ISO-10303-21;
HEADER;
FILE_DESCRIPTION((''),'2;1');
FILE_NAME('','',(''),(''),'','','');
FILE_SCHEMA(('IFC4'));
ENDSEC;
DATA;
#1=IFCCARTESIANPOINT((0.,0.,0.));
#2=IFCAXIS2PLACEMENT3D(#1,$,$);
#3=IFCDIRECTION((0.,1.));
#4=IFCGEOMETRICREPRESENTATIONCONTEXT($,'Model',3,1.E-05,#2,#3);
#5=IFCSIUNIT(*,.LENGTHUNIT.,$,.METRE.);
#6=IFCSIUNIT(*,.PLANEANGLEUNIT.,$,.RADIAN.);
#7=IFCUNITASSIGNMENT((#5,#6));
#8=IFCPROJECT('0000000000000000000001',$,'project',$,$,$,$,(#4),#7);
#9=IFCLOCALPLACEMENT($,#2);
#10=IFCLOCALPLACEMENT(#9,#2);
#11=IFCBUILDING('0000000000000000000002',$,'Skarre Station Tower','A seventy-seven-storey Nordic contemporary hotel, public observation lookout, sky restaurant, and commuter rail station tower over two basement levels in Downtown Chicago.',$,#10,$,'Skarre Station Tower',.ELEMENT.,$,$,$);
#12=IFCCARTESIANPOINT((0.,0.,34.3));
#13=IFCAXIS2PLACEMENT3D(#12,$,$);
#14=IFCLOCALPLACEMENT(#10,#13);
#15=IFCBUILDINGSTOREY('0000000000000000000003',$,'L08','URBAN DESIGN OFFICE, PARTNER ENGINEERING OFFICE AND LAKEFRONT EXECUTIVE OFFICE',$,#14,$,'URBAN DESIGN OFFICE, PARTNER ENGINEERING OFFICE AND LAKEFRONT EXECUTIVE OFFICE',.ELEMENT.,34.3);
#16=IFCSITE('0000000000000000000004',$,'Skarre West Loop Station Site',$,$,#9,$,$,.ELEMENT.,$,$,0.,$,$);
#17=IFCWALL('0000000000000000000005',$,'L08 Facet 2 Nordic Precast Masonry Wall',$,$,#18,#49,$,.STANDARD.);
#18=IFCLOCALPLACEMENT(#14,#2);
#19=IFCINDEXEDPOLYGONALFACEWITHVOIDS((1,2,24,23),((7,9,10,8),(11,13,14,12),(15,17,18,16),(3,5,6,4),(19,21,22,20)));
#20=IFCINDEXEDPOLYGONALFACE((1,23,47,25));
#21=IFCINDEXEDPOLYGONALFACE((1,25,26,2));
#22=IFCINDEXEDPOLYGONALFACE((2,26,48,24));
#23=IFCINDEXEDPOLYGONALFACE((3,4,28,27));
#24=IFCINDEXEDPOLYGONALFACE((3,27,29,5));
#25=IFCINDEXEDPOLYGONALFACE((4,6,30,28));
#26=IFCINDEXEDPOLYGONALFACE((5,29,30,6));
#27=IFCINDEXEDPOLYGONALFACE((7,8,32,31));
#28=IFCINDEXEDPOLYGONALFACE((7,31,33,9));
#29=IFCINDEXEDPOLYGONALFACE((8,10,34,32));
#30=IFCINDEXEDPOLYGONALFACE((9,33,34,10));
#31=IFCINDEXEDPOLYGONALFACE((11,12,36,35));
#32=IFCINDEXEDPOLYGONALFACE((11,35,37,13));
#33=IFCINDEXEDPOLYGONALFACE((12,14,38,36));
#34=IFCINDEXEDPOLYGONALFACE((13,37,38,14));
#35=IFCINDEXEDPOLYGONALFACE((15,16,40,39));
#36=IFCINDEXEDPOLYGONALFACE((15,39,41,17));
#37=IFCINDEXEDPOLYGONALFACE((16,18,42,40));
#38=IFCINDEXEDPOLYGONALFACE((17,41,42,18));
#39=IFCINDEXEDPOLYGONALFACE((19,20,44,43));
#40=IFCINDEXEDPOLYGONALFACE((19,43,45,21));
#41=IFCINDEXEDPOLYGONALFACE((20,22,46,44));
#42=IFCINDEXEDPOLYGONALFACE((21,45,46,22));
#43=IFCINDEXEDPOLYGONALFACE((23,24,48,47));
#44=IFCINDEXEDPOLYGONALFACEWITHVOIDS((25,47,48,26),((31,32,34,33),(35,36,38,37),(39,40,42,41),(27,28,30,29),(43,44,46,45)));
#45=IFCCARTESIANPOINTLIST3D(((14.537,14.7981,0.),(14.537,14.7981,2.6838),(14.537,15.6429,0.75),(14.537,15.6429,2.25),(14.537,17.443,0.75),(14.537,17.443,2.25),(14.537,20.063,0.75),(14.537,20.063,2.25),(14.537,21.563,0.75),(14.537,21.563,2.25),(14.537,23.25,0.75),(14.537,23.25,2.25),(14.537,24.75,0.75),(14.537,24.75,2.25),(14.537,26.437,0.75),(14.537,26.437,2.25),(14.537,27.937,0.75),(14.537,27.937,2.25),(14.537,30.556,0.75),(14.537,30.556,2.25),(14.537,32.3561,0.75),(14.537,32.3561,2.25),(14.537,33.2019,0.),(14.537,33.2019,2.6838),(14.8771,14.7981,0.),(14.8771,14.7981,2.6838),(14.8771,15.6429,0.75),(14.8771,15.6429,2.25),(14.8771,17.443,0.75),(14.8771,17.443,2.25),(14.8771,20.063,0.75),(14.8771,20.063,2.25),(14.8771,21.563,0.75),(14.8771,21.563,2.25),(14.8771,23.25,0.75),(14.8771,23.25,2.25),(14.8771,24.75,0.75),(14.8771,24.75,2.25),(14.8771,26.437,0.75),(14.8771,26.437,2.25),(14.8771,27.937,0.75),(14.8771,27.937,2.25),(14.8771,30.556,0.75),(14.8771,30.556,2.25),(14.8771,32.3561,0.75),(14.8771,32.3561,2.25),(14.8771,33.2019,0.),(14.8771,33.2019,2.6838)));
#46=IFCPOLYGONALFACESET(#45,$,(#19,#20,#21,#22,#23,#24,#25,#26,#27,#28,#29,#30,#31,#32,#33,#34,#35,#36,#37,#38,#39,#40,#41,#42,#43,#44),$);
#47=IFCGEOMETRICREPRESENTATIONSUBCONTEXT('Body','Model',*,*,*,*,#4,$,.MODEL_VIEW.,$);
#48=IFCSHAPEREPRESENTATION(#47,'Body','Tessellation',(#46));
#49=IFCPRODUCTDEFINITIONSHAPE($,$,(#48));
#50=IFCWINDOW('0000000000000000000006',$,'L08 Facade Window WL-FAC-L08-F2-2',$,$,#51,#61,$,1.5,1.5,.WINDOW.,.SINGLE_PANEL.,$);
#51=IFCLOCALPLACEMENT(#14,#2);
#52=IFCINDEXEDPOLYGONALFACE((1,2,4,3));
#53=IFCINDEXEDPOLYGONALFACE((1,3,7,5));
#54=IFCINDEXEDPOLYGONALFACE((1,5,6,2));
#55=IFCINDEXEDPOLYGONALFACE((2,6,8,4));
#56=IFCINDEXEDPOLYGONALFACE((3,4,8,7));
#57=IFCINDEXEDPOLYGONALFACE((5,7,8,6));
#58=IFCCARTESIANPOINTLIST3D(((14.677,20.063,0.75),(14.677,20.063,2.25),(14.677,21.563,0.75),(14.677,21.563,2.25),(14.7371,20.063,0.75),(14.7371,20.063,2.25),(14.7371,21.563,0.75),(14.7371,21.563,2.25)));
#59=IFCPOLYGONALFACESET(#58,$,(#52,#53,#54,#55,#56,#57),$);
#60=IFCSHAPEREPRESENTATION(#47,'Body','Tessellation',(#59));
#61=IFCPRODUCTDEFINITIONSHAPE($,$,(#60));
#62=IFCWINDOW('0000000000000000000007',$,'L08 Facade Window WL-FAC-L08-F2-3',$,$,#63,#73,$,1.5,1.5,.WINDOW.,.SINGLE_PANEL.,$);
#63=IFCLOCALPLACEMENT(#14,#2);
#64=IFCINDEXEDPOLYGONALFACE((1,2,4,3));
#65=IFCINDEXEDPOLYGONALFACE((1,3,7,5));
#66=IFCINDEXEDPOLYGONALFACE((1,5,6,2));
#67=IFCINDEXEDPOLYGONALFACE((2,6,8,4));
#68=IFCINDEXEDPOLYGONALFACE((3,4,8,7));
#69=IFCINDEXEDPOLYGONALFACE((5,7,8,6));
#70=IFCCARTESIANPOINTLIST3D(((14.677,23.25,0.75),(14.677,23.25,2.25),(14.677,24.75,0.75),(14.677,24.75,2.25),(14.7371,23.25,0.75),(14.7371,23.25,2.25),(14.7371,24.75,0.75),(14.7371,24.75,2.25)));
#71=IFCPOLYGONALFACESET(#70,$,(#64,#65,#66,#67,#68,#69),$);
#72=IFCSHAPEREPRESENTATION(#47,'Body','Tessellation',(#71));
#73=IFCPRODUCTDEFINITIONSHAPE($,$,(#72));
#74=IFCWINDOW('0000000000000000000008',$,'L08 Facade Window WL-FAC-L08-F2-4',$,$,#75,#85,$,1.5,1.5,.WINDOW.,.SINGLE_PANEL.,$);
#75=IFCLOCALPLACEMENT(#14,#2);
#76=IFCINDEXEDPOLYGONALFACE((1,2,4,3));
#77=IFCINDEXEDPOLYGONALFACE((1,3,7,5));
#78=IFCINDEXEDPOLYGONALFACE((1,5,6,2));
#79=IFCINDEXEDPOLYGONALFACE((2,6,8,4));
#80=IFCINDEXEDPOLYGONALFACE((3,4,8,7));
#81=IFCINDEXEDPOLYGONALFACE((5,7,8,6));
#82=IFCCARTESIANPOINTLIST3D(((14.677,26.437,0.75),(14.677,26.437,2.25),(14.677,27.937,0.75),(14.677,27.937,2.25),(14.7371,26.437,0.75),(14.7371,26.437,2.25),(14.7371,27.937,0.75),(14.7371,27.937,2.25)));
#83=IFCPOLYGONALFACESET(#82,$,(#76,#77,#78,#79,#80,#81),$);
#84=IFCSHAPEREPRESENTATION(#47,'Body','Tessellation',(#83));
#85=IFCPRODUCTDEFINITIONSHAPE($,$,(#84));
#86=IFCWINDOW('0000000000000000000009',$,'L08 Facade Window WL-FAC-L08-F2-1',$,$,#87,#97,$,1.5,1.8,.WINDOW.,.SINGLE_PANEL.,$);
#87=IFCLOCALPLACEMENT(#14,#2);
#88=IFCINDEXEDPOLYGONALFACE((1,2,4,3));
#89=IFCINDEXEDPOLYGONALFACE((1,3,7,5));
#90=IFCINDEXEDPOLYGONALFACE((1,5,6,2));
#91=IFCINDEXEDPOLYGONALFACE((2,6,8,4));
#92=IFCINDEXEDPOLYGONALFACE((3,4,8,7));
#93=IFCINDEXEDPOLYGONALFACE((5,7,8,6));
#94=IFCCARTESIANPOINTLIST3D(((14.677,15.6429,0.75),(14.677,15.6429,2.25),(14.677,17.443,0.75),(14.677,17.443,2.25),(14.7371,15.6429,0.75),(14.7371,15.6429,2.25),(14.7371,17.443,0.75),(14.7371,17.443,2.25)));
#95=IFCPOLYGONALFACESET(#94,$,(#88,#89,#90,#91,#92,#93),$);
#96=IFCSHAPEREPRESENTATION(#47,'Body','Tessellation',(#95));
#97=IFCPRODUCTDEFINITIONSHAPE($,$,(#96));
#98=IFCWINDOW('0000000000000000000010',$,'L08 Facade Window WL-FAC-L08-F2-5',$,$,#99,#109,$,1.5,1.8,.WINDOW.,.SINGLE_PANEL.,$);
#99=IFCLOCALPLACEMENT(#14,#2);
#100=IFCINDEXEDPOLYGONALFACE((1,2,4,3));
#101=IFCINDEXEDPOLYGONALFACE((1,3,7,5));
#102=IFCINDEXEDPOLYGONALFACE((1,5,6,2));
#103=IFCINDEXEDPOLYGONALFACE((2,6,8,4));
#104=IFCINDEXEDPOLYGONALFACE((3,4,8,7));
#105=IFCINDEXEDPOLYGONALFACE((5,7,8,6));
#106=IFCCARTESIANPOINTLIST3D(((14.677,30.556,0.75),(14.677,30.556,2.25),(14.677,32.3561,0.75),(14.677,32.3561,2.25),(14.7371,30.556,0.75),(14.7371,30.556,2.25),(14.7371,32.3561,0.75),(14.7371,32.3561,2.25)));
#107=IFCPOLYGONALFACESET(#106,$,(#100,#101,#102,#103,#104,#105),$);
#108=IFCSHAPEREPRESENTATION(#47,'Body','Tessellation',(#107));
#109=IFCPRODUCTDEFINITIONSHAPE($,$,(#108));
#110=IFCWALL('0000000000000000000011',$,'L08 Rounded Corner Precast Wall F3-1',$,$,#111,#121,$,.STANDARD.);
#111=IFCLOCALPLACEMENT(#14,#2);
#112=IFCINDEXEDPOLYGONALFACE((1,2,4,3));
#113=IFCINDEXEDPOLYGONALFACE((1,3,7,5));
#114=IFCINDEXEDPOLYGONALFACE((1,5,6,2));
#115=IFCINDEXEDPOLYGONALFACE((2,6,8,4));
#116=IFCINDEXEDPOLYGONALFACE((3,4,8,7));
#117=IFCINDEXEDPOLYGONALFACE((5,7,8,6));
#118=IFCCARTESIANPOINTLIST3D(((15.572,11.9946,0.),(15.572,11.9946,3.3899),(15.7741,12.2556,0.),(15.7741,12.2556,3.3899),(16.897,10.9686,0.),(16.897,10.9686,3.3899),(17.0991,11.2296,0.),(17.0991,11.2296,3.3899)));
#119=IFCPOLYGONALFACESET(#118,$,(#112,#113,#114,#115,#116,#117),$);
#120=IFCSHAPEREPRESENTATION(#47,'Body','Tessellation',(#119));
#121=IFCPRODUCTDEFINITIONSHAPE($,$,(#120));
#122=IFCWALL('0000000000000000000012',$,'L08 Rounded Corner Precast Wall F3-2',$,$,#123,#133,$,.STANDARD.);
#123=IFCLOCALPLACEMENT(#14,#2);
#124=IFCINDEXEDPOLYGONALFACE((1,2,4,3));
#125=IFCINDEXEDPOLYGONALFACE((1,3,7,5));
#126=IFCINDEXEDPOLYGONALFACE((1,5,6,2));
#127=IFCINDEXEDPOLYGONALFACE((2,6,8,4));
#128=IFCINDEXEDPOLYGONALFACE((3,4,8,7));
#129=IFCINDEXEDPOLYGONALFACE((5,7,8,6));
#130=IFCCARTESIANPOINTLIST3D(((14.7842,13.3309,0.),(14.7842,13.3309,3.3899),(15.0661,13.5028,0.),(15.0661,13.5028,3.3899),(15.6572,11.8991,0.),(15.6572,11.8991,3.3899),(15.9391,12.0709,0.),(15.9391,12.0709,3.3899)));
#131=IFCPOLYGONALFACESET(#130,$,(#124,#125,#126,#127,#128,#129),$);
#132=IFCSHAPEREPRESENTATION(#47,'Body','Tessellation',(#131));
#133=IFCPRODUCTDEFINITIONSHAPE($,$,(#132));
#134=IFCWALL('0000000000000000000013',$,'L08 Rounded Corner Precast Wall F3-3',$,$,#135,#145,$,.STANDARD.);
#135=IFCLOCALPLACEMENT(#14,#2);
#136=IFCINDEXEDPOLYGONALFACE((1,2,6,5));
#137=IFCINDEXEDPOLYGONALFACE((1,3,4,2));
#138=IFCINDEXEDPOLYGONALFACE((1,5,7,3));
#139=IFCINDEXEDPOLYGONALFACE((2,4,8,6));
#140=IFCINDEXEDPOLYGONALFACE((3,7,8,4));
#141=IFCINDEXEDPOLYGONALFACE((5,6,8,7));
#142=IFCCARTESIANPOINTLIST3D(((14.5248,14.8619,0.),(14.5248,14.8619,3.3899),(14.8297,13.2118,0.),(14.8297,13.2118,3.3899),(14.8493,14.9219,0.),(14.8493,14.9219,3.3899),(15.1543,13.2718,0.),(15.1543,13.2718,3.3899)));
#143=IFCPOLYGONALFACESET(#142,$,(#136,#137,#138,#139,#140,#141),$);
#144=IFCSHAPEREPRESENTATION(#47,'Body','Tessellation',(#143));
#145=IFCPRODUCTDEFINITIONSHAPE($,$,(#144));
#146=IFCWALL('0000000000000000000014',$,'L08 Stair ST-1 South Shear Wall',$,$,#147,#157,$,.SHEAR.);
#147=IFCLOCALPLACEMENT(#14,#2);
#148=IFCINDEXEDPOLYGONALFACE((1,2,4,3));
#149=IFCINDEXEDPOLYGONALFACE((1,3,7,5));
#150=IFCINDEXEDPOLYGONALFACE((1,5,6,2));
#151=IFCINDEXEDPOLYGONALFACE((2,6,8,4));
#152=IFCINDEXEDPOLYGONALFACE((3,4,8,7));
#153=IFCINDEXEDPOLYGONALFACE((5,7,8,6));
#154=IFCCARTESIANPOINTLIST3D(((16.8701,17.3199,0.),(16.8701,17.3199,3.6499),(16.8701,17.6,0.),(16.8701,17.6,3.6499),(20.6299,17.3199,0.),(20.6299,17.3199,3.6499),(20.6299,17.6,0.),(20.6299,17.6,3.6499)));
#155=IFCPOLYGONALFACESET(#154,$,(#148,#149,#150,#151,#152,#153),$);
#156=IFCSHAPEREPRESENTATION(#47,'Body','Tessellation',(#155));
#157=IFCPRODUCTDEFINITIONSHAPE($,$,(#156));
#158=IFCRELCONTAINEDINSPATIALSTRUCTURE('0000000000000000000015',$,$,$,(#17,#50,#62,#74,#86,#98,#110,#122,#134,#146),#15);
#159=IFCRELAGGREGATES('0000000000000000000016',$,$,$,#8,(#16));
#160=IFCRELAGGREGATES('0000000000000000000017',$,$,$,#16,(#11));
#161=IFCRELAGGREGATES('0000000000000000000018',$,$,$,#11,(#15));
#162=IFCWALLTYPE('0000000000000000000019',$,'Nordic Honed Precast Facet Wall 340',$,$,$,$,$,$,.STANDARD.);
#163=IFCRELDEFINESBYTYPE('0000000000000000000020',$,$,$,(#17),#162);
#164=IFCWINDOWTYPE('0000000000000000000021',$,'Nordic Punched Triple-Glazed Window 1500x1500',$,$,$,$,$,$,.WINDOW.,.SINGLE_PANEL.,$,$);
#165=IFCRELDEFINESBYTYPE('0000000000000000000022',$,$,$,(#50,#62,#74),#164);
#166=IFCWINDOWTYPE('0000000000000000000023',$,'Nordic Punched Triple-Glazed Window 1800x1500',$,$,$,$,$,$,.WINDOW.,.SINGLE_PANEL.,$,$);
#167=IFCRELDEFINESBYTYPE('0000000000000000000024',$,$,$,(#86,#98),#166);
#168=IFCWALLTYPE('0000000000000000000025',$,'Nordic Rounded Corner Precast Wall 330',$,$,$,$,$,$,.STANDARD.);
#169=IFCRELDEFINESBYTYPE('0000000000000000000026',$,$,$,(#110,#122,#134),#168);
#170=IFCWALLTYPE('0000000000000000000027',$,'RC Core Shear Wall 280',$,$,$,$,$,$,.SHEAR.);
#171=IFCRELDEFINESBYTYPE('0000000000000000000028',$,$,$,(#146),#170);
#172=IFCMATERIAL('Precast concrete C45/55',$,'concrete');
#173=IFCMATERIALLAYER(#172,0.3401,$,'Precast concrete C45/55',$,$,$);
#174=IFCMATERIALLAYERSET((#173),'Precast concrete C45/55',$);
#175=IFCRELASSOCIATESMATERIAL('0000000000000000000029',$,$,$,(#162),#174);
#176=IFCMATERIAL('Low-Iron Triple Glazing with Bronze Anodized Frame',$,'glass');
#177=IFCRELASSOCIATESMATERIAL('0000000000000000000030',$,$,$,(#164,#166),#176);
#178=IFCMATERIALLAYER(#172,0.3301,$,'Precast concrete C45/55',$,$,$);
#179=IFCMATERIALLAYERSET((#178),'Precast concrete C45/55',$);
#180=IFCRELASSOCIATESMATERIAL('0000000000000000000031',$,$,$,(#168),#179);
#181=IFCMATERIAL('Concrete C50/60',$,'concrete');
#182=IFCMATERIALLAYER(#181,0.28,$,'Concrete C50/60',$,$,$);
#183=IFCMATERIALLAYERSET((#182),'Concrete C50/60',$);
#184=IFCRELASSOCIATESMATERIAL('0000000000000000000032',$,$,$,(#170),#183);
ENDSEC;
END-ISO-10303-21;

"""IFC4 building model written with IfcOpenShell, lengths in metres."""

from ifc_helpers import new_model, si_unit, direction, frame, frame_2d, origin, place, context, subcontext, project, spatial, rectangle, extrude, material, layer, layer_set, type_object, element, fill, save


model = new_model("IFC4")

# Units and contexts
model_context = context("Model", 3, precision=1e-05, world=origin(), true_north=direction((0.0, 1.0)))
body_context = subcontext(model_context, "Body", "Model", "MODEL_VIEW")
ifc_project = project(units=[si_unit("LENGTHUNIT", "METRE"), si_unit("PLANEANGLEUNIT", "RADIAN")], contexts=[model_context])

# Site, building, storey
site_placement = place(None, origin())
site = spatial("IfcSite", under=ifc_project, at=site_placement, Name="Skarre West Loop Station Site", CompositionType="ELEMENT", RefElevation=0.0)
building_placement = place(site_placement, origin())
building = spatial("IfcBuilding", under=site, at=building_placement, Name="Skarre Station Tower", Description="A seventy-seven-storey Nordic contemporary hotel, public observation lookout, sky restaurant, and commuter rail station tower over two basement levels in Downtown Chicago.", LongName="Skarre Station Tower", CompositionType="ELEMENT")
storey_placement = place(building_placement, frame((0.0, 0.0, 34.3)))
storey = spatial("IfcBuildingStorey", under=building, at=storey_placement, Name="L08", Description="URBAN DESIGN OFFICE, PARTNER ENGINEERING OFFICE AND LAKEFRONT EXECUTIVE OFFICE", LongName="URBAN DESIGN OFFICE, PARTNER ENGINEERING OFFICE AND LAKEFRONT EXECUTIVE OFFICE", CompositionType="ELEMENT", Elevation=34.3)

# Shared definitions
ifc_material_1 = material(Name="Concrete C50/60", Category="concrete")

# Wall, openings, windows
ifc_material_2 = material(Name="Precast concrete C45/55", Category="concrete")
ifc_layer_1 = layer(ifc_material_2, 0.3401, Name="Precast concrete C45/55")
ifc_layer_set_1 = layer_set([ifc_layer_1], Name="Precast concrete C45/55")
wall_type_1 = type_object("IfcWallType", Name="Nordic Honed Precast Facet Wall 340", PredefinedType="STANDARD", material=ifc_layer_set_1)
wall_1_placement = place(storey_placement, frame((14.707, 14.7981, 0.0), z_axis=(0.0, 0.0, 1.0), x_axis=(0.0, 1.0, 0.0)))
wall_1 = element("IfcWall", 1, at=wall_1_placement, inside=storey, type_object=wall_type_1, Name="L08 Facet 2 Nordic Precast Masonry Wall", PredefinedType="STANDARD", context=body_context, shape_type="SweptSolid", body=[
    extrude(rectangle(XDim=18.4038, YDim=0.3401, at=frame_2d((9.2019, 0.0))), origin(), (0.0, 0.0, 1.0), 2.6838),
])
opening_1_placement = place(wall_1_placement, frame((0.845, 0.0, 0.75)))
opening_1 = element("IfcOpeningElement", 2, at=opening_1_placement, cuts=wall_1, PredefinedType="OPENING", context=body_context, shape_type="SweptSolid", body=[
    extrude(rectangle(XDim=1.8, YDim=1.5, at=frame_2d((0.8999, 0.75))), frame((0.0, 0.1799, 0.0), z_axis=(0.0, -1.0, 0.0), x_axis=(1.0, 0.0, 0.0)), (0.0, 0.0, 1.0), 0.3601),
])
opening_2_placement = place(wall_1_placement, frame((5.2649, 0.0, 0.75)))
opening_2 = element("IfcOpeningElement", 3, at=opening_2_placement, cuts=wall_1, PredefinedType="OPENING", context=body_context, shape_type="SweptSolid", body=[
    extrude(rectangle(XDim=1.5, YDim=1.5, at=frame_2d((0.75, 0.75))), frame((0.0, 0.1799, 0.0), z_axis=(0.0, -1.0, 0.0), x_axis=(1.0, 0.0, 0.0)), (0.0, 0.0, 1.0), 0.3601),
])
opening_3_placement = place(wall_1_placement, frame((8.4519, 0.0, 0.75)))
opening_3 = element("IfcOpeningElement", 4, at=opening_3_placement, cuts=wall_1, PredefinedType="OPENING", context=body_context, shape_type="SweptSolid", body=[
    extrude(rectangle(XDim=1.5, YDim=1.5, at=frame_2d((0.75, 0.75))), frame((0.0, 0.1799, 0.0), z_axis=(0.0, -1.0, 0.0), x_axis=(1.0, 0.0, 0.0)), (0.0, 0.0, 1.0), 0.3601),
])
opening_4_placement = place(wall_1_placement, frame((11.6389, 0.0, 0.75)))
opening_4 = element("IfcOpeningElement", 5, at=opening_4_placement, cuts=wall_1, PredefinedType="OPENING", context=body_context, shape_type="SweptSolid", body=[
    extrude(rectangle(XDim=1.5, YDim=1.5, at=frame_2d((0.75, 0.75))), frame((0.0, 0.1799, 0.0), z_axis=(0.0, -1.0, 0.0), x_axis=(1.0, 0.0, 0.0)), (0.0, 0.0, 1.0), 0.3601),
])
opening_5_placement = place(wall_1_placement, frame((15.7581, 0.0, 0.75)))
opening_5 = element("IfcOpeningElement", 6, at=opening_5_placement, cuts=wall_1, PredefinedType="OPENING", context=body_context, shape_type="SweptSolid", body=[
    extrude(rectangle(XDim=1.8, YDim=1.5, at=frame_2d((0.8999, 0.75))), frame((0.0, 0.1799, 0.0), z_axis=(0.0, -1.0, 0.0), x_axis=(1.0, 0.0, 0.0)), (0.0, 0.0, 1.0), 0.3601),
])
ifc_material_3 = material(Name="Low-Iron Triple Glazing with Bronze Anodized Frame", Category="glass")
window_type_1 = type_object("IfcWindowType", Name="Nordic Punched Triple-Glazed Window 1500x1500", PartitioningType="SINGLE_PANEL", PredefinedType="WINDOW", material=ifc_material_3)
window_1_placement = place(opening_2_placement, origin())
window_1 = element("IfcWindow", 7, at=window_1_placement, inside=storey, type_object=window_type_1, Name="L08 Facade Window WL-FAC-L08-F2-2", OverallHeight=1.5, OverallWidth=1.5, PartitioningType="SINGLE_PANEL", PredefinedType="WINDOW", context=body_context, shape_type="SweptSolid", body=[
    extrude(rectangle(XDim=1.5, YDim=1.5, at=frame_2d((0.75, 0.75))), frame((0.0, 0.03, 0.0), z_axis=(0.0, -1.0, 0.0), x_axis=(1.0, 0.0, 0.0)), (0.0, 0.0, 1.0), 0.0601),
])
fill(opening_2, window_1)
window_2_placement = place(opening_3_placement, origin())
window_2 = element("IfcWindow", 8, at=window_2_placement, inside=storey, type_object=window_type_1, Name="L08 Facade Window WL-FAC-L08-F2-3", OverallHeight=1.5, OverallWidth=1.5, PartitioningType="SINGLE_PANEL", PredefinedType="WINDOW", context=body_context, shape_type="SweptSolid", body=[
    extrude(rectangle(XDim=1.5, YDim=1.5, at=frame_2d((0.75, 0.75))), frame((0.0, 0.03, 0.0), z_axis=(0.0, -1.0, 0.0), x_axis=(1.0, 0.0, 0.0)), (0.0, 0.0, 1.0), 0.0601),
])
fill(opening_3, window_2)
window_3_placement = place(opening_4_placement, origin())
window_3 = element("IfcWindow", 9, at=window_3_placement, inside=storey, type_object=window_type_1, Name="L08 Facade Window WL-FAC-L08-F2-4", OverallHeight=1.5, OverallWidth=1.5, PartitioningType="SINGLE_PANEL", PredefinedType="WINDOW", context=body_context, shape_type="SweptSolid", body=[
    extrude(rectangle(XDim=1.5, YDim=1.5, at=frame_2d((0.75, 0.75))), frame((0.0, 0.03, 0.0), z_axis=(0.0, -1.0, 0.0), x_axis=(1.0, 0.0, 0.0)), (0.0, 0.0, 1.0), 0.0601),
])
fill(opening_4, window_3)
window_type_2 = type_object("IfcWindowType", Name="Nordic Punched Triple-Glazed Window 1800x1500", PartitioningType="SINGLE_PANEL", PredefinedType="WINDOW", material=ifc_material_3)
window_4_placement = place(opening_1_placement, origin())
window_4 = element("IfcWindow", 10, at=window_4_placement, inside=storey, type_object=window_type_2, Name="L08 Facade Window WL-FAC-L08-F2-1", OverallHeight=1.5, OverallWidth=1.8, PartitioningType="SINGLE_PANEL", PredefinedType="WINDOW", context=body_context, shape_type="SweptSolid", body=[
    extrude(rectangle(XDim=1.8, YDim=1.5, at=frame_2d((0.8999, 0.75))), frame((0.0, 0.03, 0.0), z_axis=(0.0, -1.0, 0.0), x_axis=(1.0, 0.0, 0.0)), (0.0, 0.0, 1.0), 0.0601),
])
fill(opening_1, window_4)
window_5_placement = place(opening_5_placement, origin())
window_5 = element("IfcWindow", 11, at=window_5_placement, inside=storey, type_object=window_type_2, Name="L08 Facade Window WL-FAC-L08-F2-5", OverallHeight=1.5, OverallWidth=1.8, PartitioningType="SINGLE_PANEL", PredefinedType="WINDOW", context=body_context, shape_type="SweptSolid", body=[
    extrude(rectangle(XDim=1.8, YDim=1.5, at=frame_2d((0.8999, 0.75))), frame((0.0, 0.03, 0.0), z_axis=(0.0, -1.0, 0.0), x_axis=(1.0, 0.0, 0.0)), (0.0, 0.0, 1.0), 0.0601),
])
fill(opening_5, window_5)

# Walls
ifc_layer_2 = layer(ifc_material_2, 0.3301, Name="Precast concrete C45/55")
ifc_layer_set_2 = layer_set([ifc_layer_2], Name="Precast concrete C45/55")
wall_type_2 = type_object("IfcWallType", Name="Nordic Rounded Corner Precast Wall 330", PredefinedType="STANDARD", material=ifc_layer_set_2)
wall_2_placement = place(storey_placement, frame((16.998, 11.0991, 0.0), z_axis=(0.0, 0.0, 1.0), x_axis=(-0.790692, 0.612214, 0.0)))
element("IfcWall", 12, at=wall_2_placement, inside=storey, type_object=wall_type_2, Name="L08 Rounded Corner Precast Wall F3-1", PredefinedType="STANDARD", context=body_context, shape_type="SweptSolid", body=[
    extrude(rectangle(XDim=1.6758, YDim=0.3301, at=frame_2d((0.8379, 0.0))), origin(), (0.0, 0.0, 1.0), 3.3899),
])
wall_3_placement = place(storey_placement, frame((15.7981, 11.9851, 0.0), z_axis=(0.0, 0.0, 1.0), x_axis=(-0.520584, 0.85381, 0.0)))
element("IfcWall", 13, at=wall_3_placement, inside=storey, type_object=wall_type_2, Name="L08 Rounded Corner Precast Wall F3-2", PredefinedType="STANDARD", context=body_context, shape_type="SweptSolid", body=[
    extrude(rectangle(XDim=1.677, YDim=0.3301, at=frame_2d((0.8384, 0.0))), origin(), (0.0, 0.0, 1.0), 3.3899),
])
wall_4_placement = place(storey_placement, frame((14.9919, 13.2419, 0.0), z_axis=(0.0, 0.0, 1.0), x_axis=(-0.181714, 0.983351, 0.0)))
element("IfcWall", 14, at=wall_4_placement, inside=storey, type_object=wall_type_2, Name="L08 Rounded Corner Precast Wall F3-3", PredefinedType="STANDARD", context=body_context, shape_type="SweptSolid", body=[
    extrude(rectangle(XDim=1.678, YDim=0.3301, at=frame_2d((0.8389, 0.0))), origin(), (0.0, 0.0, 1.0), 3.3899),
])
ifc_layer_3 = layer(ifc_material_1, 0.28, Name="Concrete C50/60")
ifc_layer_set_3 = layer_set([ifc_layer_3], Name="Concrete C50/60")
wall_type_3 = type_object("IfcWallType", Name="RC Core Shear Wall 280", PredefinedType="SHEAR", material=ifc_layer_set_3)
wall_5_placement = place(storey_placement, frame((16.8701, 17.46, 0.0), z_axis=(0.0, 0.0, 1.0), x_axis=(1.0, 0.0, 0.0)))
element("IfcWall", 15, at=wall_5_placement, inside=storey, type_object=wall_type_3, Name="L08 Stair ST-1 South Shear Wall", PredefinedType="SHEAR", context=body_context, shape_type="SweptSolid", body=[
    extrude(rectangle(XDim=3.7598, YDim=0.28, at=frame_2d((1.8799, 0.0))), origin(), (0.0, 0.0, 1.0), 3.6499),
])

save(model, "model.ifc")
